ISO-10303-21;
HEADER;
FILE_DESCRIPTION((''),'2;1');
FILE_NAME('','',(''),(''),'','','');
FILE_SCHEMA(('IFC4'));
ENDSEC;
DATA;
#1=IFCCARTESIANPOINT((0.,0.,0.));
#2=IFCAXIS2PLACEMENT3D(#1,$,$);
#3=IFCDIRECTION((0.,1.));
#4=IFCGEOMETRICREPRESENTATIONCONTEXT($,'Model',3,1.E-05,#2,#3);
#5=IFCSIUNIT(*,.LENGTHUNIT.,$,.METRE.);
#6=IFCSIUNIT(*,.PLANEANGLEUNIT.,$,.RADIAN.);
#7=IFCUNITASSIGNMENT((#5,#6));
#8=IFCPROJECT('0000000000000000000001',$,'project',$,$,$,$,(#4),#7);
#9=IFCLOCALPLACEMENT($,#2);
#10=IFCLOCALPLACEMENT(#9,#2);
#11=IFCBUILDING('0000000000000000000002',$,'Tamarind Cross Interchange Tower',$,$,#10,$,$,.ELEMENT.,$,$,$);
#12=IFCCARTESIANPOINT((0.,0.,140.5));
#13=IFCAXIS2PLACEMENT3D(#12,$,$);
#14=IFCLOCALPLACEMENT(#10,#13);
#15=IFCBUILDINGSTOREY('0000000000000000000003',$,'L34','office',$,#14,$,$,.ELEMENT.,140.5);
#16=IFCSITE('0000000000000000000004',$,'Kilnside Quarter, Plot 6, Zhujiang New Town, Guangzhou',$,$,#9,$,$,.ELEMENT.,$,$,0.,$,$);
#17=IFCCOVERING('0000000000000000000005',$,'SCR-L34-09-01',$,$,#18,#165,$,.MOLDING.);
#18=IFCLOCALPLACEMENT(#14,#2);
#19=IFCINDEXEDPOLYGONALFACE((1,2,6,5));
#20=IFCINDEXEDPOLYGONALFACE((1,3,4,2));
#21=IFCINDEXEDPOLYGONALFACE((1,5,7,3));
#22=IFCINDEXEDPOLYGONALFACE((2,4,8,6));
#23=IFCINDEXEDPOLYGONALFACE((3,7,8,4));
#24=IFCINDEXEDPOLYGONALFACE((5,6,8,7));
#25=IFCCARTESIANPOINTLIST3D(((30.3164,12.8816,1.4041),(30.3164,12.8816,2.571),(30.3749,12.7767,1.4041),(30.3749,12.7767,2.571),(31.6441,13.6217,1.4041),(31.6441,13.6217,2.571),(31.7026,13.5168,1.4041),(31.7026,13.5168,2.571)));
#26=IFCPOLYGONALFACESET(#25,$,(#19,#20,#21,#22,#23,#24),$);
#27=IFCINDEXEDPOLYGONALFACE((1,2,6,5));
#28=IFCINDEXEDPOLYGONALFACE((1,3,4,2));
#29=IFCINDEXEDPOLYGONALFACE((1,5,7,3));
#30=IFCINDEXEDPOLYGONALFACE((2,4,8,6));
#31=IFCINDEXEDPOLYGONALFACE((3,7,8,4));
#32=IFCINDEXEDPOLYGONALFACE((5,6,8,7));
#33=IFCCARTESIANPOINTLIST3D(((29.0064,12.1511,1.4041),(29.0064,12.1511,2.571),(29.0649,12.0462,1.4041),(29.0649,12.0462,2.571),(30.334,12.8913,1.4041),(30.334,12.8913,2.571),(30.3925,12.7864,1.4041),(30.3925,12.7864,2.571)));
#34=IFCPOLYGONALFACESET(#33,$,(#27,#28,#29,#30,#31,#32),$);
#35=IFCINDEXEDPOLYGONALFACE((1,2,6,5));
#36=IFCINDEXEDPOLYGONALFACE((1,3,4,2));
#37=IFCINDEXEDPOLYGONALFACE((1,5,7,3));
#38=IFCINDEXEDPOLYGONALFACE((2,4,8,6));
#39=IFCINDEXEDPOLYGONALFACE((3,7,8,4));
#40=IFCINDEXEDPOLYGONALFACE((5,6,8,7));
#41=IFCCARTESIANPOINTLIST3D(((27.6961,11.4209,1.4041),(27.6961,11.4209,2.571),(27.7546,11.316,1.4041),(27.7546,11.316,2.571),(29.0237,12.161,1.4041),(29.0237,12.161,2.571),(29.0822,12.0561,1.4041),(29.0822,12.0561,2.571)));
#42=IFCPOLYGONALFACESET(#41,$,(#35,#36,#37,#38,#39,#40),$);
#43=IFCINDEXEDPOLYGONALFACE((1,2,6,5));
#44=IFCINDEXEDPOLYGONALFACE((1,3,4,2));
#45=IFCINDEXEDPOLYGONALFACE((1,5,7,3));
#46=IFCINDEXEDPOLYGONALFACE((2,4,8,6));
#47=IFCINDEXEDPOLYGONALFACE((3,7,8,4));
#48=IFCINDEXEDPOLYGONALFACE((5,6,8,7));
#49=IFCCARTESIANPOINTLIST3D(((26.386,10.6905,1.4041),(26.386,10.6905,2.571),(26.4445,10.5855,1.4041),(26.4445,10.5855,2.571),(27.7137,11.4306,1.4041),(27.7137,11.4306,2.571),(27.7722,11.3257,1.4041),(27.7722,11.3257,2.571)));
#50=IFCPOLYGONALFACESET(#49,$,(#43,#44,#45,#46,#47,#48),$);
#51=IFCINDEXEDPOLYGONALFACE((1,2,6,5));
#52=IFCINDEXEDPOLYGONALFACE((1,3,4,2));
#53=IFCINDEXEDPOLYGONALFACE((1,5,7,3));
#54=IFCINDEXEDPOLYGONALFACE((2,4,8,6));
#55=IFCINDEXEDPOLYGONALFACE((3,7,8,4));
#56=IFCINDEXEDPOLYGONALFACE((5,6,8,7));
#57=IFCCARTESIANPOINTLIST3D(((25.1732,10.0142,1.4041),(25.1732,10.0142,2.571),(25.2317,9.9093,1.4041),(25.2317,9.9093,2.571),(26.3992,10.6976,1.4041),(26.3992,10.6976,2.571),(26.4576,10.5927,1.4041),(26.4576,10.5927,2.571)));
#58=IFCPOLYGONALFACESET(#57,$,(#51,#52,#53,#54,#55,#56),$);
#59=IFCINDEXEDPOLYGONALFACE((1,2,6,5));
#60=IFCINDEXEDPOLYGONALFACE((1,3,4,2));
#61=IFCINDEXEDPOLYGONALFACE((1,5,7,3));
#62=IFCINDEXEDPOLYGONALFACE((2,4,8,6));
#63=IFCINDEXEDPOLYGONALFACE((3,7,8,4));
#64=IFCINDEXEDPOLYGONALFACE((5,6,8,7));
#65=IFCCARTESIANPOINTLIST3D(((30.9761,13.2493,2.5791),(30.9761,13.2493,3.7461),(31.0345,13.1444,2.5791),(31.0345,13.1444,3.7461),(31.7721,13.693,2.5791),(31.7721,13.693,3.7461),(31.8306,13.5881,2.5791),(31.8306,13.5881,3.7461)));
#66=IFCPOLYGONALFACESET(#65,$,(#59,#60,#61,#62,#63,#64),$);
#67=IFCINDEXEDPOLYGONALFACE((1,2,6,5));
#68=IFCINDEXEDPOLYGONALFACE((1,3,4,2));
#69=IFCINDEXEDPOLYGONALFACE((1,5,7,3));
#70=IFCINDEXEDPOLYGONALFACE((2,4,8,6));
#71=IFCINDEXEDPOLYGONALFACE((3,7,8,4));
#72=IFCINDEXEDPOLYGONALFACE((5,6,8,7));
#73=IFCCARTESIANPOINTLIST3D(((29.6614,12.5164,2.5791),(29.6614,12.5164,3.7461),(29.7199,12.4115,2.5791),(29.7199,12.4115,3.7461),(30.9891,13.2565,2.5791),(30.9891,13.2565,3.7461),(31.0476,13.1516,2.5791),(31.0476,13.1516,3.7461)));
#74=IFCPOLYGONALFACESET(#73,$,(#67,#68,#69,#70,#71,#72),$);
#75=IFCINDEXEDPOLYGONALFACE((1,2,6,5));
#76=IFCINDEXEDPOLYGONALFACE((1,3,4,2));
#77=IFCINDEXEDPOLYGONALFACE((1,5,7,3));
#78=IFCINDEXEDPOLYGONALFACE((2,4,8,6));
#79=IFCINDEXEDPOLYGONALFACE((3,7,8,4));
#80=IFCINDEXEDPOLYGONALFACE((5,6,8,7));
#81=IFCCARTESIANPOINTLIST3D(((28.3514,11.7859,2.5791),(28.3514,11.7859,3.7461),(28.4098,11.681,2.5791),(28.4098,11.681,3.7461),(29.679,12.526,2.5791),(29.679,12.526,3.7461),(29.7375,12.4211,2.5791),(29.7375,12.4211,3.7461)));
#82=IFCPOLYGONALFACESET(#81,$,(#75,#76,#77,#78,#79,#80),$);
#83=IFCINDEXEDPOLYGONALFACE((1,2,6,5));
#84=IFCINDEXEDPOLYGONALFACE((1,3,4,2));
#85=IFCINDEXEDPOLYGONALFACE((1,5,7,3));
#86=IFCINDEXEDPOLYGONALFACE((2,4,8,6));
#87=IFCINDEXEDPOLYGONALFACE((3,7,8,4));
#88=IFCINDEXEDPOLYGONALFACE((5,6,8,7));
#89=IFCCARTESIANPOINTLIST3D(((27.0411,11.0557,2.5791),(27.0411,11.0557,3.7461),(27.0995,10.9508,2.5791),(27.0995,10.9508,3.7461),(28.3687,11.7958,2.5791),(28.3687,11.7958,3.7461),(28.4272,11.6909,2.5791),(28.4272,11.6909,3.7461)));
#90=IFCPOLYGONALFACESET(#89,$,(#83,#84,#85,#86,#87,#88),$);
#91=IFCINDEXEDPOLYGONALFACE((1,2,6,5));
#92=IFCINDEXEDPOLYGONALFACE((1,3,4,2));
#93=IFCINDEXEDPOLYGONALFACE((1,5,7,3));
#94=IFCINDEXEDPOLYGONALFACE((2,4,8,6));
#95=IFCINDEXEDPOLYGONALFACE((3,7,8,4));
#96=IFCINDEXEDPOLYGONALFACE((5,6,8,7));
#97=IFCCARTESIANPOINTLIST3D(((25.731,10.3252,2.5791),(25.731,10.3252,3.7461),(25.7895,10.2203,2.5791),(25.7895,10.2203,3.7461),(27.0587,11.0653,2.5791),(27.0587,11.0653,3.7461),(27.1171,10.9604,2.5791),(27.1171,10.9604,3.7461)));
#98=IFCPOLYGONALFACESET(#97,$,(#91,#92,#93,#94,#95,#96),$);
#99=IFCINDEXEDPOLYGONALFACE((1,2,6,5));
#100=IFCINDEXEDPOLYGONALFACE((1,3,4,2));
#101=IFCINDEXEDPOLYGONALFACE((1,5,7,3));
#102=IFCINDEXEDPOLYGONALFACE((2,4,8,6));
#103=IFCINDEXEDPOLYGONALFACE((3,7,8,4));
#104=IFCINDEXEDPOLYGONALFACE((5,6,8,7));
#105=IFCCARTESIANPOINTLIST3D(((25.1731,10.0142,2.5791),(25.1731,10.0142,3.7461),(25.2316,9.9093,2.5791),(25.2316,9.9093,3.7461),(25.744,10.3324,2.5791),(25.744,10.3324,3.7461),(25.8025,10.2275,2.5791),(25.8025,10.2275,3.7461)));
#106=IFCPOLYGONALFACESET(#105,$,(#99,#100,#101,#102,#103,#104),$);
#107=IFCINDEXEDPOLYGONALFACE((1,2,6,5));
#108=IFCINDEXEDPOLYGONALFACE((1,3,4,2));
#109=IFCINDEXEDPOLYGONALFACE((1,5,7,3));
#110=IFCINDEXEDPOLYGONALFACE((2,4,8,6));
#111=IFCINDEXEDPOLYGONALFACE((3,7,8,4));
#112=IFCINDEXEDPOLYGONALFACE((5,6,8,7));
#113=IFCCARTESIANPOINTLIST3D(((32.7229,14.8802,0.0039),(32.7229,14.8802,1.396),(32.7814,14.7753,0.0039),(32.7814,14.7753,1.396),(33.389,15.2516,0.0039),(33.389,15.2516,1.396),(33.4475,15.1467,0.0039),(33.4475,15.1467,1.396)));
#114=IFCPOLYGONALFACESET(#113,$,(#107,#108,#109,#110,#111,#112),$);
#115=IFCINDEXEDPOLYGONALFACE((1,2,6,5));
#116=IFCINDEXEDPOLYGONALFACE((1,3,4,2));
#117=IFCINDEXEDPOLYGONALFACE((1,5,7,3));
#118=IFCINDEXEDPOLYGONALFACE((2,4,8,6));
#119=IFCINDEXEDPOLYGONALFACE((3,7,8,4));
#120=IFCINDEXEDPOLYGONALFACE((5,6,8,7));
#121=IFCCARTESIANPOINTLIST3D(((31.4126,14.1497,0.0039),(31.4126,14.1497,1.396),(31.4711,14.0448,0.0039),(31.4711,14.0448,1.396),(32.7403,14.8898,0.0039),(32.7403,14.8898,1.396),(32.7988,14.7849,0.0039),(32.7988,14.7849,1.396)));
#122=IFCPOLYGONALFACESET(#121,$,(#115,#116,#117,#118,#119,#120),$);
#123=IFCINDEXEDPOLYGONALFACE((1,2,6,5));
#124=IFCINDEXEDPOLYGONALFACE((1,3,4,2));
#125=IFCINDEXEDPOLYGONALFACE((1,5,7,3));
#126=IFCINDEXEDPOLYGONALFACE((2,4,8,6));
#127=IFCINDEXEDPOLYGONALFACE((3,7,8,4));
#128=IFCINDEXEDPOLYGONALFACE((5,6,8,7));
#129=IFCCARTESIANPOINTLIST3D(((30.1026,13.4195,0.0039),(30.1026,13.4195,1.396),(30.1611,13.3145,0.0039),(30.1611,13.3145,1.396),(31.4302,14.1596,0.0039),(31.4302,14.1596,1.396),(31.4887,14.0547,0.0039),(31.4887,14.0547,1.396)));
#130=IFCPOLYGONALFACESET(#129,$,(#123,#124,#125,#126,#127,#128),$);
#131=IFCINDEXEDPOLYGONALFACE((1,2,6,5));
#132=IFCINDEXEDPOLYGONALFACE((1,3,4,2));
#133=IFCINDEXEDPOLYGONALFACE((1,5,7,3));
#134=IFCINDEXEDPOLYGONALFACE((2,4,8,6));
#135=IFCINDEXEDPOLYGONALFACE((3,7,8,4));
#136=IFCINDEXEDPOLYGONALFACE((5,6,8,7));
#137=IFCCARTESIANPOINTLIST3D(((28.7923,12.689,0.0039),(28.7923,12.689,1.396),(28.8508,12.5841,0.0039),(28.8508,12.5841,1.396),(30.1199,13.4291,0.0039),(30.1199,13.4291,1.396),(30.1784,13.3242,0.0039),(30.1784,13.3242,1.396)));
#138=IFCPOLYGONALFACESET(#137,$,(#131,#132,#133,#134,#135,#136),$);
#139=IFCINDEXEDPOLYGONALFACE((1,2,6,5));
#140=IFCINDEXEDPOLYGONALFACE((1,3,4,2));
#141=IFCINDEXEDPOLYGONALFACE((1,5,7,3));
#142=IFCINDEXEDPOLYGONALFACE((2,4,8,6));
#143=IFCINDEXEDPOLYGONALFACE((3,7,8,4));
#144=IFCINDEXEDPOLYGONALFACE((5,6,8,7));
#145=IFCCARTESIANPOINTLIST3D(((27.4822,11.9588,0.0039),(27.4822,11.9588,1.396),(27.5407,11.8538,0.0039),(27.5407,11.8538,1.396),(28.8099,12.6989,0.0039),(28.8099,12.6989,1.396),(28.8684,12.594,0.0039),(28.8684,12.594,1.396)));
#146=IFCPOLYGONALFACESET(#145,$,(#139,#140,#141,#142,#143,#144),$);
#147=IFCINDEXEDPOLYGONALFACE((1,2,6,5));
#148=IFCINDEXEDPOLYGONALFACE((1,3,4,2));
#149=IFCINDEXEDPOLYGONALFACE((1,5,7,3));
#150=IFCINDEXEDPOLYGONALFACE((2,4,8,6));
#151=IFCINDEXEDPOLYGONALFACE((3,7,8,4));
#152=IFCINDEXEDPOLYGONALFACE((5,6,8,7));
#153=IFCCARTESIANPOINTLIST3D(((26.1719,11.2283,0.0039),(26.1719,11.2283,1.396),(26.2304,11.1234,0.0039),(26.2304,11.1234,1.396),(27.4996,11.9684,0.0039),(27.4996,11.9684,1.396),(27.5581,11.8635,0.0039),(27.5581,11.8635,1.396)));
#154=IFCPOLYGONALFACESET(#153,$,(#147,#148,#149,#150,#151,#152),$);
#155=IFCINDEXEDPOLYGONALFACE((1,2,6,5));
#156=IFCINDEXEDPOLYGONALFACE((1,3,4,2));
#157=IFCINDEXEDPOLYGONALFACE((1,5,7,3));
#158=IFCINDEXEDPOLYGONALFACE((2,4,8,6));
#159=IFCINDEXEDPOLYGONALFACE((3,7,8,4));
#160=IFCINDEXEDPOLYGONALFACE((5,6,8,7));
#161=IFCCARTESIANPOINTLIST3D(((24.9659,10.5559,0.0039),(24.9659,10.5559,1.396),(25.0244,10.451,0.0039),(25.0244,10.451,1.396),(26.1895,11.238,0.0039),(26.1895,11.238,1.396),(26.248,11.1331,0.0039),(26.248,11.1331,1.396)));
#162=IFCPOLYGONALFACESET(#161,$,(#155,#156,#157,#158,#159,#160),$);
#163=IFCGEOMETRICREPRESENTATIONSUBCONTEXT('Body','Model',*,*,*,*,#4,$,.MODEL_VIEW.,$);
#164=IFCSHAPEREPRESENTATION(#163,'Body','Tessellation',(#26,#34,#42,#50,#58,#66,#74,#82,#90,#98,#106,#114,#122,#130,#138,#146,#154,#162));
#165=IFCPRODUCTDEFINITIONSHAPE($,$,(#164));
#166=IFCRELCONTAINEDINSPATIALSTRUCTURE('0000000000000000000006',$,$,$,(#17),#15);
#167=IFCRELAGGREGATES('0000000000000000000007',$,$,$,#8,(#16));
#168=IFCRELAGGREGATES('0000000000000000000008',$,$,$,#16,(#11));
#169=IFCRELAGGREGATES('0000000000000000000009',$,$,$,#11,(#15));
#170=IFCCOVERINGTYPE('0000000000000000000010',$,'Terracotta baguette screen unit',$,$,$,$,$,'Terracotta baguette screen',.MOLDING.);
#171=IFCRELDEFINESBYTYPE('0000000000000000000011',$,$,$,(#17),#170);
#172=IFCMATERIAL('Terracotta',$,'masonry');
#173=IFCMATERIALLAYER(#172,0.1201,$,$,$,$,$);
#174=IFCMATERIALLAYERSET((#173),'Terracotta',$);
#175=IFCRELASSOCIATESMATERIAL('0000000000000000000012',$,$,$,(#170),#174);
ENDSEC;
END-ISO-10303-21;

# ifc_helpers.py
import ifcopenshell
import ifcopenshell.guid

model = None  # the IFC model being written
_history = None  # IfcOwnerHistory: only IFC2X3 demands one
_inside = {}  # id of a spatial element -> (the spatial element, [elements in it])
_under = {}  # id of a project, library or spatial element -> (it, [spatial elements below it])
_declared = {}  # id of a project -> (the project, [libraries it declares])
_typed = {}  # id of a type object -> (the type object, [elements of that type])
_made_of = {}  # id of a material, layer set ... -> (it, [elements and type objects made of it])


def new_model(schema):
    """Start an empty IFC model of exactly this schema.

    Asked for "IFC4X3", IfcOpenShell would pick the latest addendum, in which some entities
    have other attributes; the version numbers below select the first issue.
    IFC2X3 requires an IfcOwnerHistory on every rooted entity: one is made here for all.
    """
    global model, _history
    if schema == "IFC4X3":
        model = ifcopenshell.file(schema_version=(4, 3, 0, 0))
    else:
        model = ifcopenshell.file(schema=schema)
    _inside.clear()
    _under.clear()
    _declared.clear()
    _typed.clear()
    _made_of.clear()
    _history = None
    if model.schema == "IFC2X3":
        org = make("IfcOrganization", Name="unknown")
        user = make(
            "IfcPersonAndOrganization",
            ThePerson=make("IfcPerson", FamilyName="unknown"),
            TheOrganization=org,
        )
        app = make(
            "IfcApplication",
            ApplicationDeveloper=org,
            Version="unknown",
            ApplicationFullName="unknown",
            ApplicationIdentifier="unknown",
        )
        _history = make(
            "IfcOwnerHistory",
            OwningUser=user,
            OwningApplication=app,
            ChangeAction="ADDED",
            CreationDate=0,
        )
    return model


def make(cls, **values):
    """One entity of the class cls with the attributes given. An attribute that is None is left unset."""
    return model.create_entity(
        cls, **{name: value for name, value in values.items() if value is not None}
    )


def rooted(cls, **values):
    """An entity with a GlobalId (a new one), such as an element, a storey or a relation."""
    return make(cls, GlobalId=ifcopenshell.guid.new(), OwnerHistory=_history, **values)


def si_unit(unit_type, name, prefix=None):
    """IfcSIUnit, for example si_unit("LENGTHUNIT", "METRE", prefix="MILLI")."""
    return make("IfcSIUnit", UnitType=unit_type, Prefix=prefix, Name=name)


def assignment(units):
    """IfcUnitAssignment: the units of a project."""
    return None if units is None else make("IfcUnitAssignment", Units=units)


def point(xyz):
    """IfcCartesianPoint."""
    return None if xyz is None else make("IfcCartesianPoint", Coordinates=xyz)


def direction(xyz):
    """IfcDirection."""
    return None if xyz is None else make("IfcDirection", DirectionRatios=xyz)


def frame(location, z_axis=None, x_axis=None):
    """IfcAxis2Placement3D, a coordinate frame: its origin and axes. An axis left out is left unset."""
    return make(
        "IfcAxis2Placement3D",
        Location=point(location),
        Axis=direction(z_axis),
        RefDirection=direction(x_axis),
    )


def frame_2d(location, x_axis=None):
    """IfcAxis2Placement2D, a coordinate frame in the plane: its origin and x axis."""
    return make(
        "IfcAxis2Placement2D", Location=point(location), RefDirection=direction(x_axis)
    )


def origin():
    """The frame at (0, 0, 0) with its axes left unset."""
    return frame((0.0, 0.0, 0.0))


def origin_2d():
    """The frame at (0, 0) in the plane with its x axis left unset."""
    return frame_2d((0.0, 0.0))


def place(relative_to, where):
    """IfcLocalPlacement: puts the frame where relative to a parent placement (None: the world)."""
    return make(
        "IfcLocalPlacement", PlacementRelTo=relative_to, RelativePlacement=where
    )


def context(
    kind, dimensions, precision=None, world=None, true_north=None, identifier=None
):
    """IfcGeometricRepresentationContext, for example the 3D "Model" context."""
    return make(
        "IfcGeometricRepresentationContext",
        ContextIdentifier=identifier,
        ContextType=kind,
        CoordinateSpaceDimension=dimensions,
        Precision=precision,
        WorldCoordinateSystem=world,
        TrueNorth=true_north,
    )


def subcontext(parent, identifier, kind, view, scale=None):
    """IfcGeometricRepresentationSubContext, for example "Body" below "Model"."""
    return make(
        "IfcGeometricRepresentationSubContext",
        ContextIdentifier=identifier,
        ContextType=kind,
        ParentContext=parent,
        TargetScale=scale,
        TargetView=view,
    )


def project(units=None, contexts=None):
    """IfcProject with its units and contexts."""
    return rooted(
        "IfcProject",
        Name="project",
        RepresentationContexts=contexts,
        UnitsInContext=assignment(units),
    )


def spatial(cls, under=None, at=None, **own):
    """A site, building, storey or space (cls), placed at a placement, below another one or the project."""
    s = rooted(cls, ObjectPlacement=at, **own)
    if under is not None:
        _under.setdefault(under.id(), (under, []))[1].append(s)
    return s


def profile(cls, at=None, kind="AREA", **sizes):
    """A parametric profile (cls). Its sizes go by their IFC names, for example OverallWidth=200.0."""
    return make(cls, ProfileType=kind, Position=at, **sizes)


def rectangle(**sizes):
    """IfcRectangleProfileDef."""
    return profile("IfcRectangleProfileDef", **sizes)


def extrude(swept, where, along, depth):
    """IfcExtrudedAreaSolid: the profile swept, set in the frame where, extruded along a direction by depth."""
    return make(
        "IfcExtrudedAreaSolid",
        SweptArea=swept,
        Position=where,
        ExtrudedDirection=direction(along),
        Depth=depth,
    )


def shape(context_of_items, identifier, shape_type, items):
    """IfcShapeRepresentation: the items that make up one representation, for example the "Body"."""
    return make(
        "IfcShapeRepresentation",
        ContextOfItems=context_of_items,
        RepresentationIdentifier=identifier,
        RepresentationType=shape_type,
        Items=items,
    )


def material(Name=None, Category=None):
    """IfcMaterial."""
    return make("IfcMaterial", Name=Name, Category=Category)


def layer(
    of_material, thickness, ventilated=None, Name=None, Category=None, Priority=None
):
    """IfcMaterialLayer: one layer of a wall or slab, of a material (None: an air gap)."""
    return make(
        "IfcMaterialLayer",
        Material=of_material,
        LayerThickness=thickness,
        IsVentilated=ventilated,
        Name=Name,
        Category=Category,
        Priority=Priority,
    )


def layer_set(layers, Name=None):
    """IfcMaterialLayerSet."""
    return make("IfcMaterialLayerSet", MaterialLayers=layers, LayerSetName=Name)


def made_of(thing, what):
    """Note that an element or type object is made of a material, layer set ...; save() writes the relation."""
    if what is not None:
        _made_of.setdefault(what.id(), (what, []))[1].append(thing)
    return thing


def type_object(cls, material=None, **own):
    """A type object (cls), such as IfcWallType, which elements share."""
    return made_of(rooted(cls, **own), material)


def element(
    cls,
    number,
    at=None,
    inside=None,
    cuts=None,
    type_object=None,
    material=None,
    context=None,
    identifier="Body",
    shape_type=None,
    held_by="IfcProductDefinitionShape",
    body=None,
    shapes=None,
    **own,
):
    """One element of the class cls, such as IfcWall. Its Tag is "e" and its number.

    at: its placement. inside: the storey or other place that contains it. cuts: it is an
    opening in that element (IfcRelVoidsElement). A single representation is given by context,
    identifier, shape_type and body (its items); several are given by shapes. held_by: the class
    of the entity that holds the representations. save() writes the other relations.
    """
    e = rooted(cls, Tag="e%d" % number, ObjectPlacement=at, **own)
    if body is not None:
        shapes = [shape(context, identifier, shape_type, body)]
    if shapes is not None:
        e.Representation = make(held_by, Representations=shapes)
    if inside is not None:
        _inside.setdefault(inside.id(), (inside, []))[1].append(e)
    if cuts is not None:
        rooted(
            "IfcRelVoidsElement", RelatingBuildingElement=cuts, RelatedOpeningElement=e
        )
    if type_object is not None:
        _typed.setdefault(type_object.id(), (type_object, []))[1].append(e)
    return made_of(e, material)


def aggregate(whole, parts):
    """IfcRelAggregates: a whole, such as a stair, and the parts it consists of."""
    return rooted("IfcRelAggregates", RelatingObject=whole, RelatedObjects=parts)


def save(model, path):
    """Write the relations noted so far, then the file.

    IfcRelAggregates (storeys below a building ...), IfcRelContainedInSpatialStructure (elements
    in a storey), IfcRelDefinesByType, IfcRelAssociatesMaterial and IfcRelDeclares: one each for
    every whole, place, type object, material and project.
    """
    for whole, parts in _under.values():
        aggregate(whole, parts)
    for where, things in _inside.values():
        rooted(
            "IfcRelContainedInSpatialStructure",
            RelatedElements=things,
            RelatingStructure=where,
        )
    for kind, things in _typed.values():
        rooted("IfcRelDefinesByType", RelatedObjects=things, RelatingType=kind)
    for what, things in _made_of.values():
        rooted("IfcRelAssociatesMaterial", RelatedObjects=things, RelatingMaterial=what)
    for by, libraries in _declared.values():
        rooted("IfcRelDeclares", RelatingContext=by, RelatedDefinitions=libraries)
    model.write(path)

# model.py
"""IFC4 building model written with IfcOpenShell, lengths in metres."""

from ifc_helpers import new_model, si_unit, direction, frame, origin, origin_2d, place, context, subcontext, project, spatial, rectangle, extrude, material, layer, layer_set, type_object, element, save


model = new_model("IFC4")

# Units and contexts
model_context = context("Model", 3, precision=1e-05, world=origin(), true_north=direction((0.0, 1.0)))
body_context = subcontext(model_context, "Body", "Model", "MODEL_VIEW")
ifc_project = project(units=[si_unit("LENGTHUNIT", "METRE"), si_unit("PLANEANGLEUNIT", "RADIAN")], contexts=[model_context])

# Site, building, storey
site_placement = place(None, origin())
site = spatial("IfcSite", under=ifc_project, at=site_placement, Name="Kilnside Quarter, Plot 6, Zhujiang New Town, Guangzhou", CompositionType="ELEMENT", RefElevation=0.0)
building_placement = place(site_placement, origin())
building = spatial("IfcBuilding", under=site, at=building_placement, Name="Tamarind Cross Interchange Tower", CompositionType="ELEMENT")
storey_placement = place(building_placement, frame((0.0, 0.0, 140.5)))
storey = spatial("IfcBuildingStorey", under=building, at=storey_placement, Name="L34", Description="office", CompositionType="ELEMENT", Elevation=140.5)

# Covering
ifc_material_1 = material(Name="Terracotta", Category="masonry")
ifc_layer_1 = layer(ifc_material_1, 0.1201)
ifc_layer_set_1 = layer_set([ifc_layer_1], Name="Terracotta")
covering_type = type_object("IfcCoveringType", Name="Terracotta baguette screen unit", ElementType="Terracotta baguette screen", PredefinedType="MOLDING", material=ifc_layer_set_1)
covering_1_placement = place(storey_placement, origin())
element("IfcCovering", 1, at=covering_1_placement, inside=storey, type_object=covering_type, Name="SCR-L34-09-01", PredefinedType="MOLDING", context=body_context, shape_type="SweptSolid", body=[
    extrude(rectangle(XDim=1.52, YDim=0.1201, at=origin_2d()), frame((31.0095, 13.1992, 1.4041), z_axis=(0.0, 0.0, 1.0), x_axis=(-0.87345, -0.486915, 0.0)), (0.0, 0.0, 1.0), 1.167),
    extrude(rectangle(XDim=1.52, YDim=0.1201, at=origin_2d()), frame((29.6995, 12.4688, 1.4041), z_axis=(0.0, 0.0, 1.0), x_axis=(-0.87345, -0.486915, 0.0)), (0.0, 0.0, 1.0), 1.167),
    extrude(rectangle(XDim=1.52, YDim=0.1201, at=origin_2d()), frame((28.3892, 11.7385, 1.4041), z_axis=(0.0, 0.0, 1.0), x_axis=(-0.87345, -0.486915, 0.0)), (0.0, 0.0, 1.0), 1.167),
    extrude(rectangle(XDim=1.52, YDim=0.1201, at=origin_2d()), frame((27.0791, 11.0081, 1.4041), z_axis=(0.0, 0.0, 1.0), x_axis=(-0.87345, -0.486915, 0.0)), (0.0, 0.0, 1.0), 1.167),
    extrude(rectangle(XDim=1.4036, YDim=0.1201, at=origin_2d()), frame((25.8154, 10.3035, 1.4041), z_axis=(0.0, 0.0, 1.0), x_axis=(-0.87345, -0.486915, 0.0)), (0.0, 0.0, 1.0), 1.167),
    extrude(rectangle(XDim=0.9114, YDim=0.1201, at=origin_2d()), frame((31.4033, 13.4187, 2.5791), z_axis=(0.0, 0.0, 1.0), x_axis=(-0.87345, -0.486915, 0.0)), (0.0, 0.0, 1.0), 1.167),
    extrude(rectangle(XDim=1.52, YDim=0.1201, at=origin_2d()), frame((30.3545, 12.834, 2.5791), z_axis=(0.0, 0.0, 1.0), x_axis=(-0.87345, -0.486915, 0.0)), (0.0, 0.0, 1.0), 1.167),
    extrude(rectangle(XDim=1.52, YDim=0.1201, at=origin_2d()), frame((29.0444, 12.1035, 2.5791), z_axis=(0.0, 0.0, 1.0), x_axis=(-0.87345, -0.486915, 0.0)), (0.0, 0.0, 1.0), 1.167),
    extrude(rectangle(XDim=1.52, YDim=0.1201, at=origin_2d()), frame((27.7341, 11.3733, 2.5791), z_axis=(0.0, 0.0, 1.0), x_axis=(-0.87345, -0.486915, 0.0)), (0.0, 0.0, 1.0), 1.167),
    extrude(rectangle(XDim=1.52, YDim=0.1201, at=origin_2d()), frame((26.4241, 10.6428, 2.5791), z_axis=(0.0, 0.0, 1.0), x_axis=(-0.87345, -0.486915, 0.0)), (0.0, 0.0, 1.0), 1.167),
    extrude(rectangle(XDim=0.6536, YDim=0.1201, at=origin_2d()), frame((25.4878, 10.1208, 2.5791), z_axis=(0.0, 0.0, 1.0), x_axis=(-0.87345, -0.486915, 0.0)), (0.0, 0.0, 1.0), 1.167),
    extrude(rectangle(XDim=0.7627, YDim=0.1201, at=origin_2d()), frame((33.0852, 15.0134, 0.0039), z_axis=(0.0, 0.0, 1.0), x_axis=(-0.87345, -0.486915, 0.0)), (0.0, 0.0, 1.0), 1.3921),
    extrude(rectangle(XDim=1.52, YDim=0.1201, at=origin_2d()), frame((32.1057, 14.4673, 0.0039), z_axis=(0.0, 0.0, 1.0), x_axis=(-0.87345, -0.486915, 0.0)), (0.0, 0.0, 1.0), 1.3921),
    extrude(rectangle(XDim=1.52, YDim=0.1201, at=origin_2d()), frame((30.7957, 13.7371, 0.0039), z_axis=(0.0, 0.0, 1.0), x_axis=(-0.87345, -0.486915, 0.0)), (0.0, 0.0, 1.0), 1.3921),
    extrude(rectangle(XDim=1.52, YDim=0.1201, at=origin_2d()), frame((29.4854, 13.0066, 0.0039), z_axis=(0.0, 0.0, 1.0), x_axis=(-0.87345, -0.486915, 0.0)), (0.0, 0.0, 1.0), 1.3921),
    extrude(rectangle(XDim=1.52, YDim=0.1201, at=origin_2d()), frame((28.1753, 12.2764, 0.0039), z_axis=(0.0, 0.0, 1.0), x_axis=(-0.87345, -0.486915, 0.0)), (0.0, 0.0, 1.0), 1.3921),
    extrude(rectangle(XDim=1.52, YDim=0.1201, at=origin_2d()), frame((26.865, 11.5459, 0.0039), z_axis=(0.0, 0.0, 1.0), x_axis=(-0.87345, -0.486915, 0.0)), (0.0, 0.0, 1.0), 1.3921),
    extrude(rectangle(XDim=1.4009, YDim=0.1201, at=origin_2d()), frame((25.6069, 10.8445, 0.0039), z_axis=(0.0, 0.0, 1.0), x_axis=(-0.87345, -0.486915, 0.0)), (0.0, 0.0, 1.0), 1.3921),
])

save(model, "model.ifc")
